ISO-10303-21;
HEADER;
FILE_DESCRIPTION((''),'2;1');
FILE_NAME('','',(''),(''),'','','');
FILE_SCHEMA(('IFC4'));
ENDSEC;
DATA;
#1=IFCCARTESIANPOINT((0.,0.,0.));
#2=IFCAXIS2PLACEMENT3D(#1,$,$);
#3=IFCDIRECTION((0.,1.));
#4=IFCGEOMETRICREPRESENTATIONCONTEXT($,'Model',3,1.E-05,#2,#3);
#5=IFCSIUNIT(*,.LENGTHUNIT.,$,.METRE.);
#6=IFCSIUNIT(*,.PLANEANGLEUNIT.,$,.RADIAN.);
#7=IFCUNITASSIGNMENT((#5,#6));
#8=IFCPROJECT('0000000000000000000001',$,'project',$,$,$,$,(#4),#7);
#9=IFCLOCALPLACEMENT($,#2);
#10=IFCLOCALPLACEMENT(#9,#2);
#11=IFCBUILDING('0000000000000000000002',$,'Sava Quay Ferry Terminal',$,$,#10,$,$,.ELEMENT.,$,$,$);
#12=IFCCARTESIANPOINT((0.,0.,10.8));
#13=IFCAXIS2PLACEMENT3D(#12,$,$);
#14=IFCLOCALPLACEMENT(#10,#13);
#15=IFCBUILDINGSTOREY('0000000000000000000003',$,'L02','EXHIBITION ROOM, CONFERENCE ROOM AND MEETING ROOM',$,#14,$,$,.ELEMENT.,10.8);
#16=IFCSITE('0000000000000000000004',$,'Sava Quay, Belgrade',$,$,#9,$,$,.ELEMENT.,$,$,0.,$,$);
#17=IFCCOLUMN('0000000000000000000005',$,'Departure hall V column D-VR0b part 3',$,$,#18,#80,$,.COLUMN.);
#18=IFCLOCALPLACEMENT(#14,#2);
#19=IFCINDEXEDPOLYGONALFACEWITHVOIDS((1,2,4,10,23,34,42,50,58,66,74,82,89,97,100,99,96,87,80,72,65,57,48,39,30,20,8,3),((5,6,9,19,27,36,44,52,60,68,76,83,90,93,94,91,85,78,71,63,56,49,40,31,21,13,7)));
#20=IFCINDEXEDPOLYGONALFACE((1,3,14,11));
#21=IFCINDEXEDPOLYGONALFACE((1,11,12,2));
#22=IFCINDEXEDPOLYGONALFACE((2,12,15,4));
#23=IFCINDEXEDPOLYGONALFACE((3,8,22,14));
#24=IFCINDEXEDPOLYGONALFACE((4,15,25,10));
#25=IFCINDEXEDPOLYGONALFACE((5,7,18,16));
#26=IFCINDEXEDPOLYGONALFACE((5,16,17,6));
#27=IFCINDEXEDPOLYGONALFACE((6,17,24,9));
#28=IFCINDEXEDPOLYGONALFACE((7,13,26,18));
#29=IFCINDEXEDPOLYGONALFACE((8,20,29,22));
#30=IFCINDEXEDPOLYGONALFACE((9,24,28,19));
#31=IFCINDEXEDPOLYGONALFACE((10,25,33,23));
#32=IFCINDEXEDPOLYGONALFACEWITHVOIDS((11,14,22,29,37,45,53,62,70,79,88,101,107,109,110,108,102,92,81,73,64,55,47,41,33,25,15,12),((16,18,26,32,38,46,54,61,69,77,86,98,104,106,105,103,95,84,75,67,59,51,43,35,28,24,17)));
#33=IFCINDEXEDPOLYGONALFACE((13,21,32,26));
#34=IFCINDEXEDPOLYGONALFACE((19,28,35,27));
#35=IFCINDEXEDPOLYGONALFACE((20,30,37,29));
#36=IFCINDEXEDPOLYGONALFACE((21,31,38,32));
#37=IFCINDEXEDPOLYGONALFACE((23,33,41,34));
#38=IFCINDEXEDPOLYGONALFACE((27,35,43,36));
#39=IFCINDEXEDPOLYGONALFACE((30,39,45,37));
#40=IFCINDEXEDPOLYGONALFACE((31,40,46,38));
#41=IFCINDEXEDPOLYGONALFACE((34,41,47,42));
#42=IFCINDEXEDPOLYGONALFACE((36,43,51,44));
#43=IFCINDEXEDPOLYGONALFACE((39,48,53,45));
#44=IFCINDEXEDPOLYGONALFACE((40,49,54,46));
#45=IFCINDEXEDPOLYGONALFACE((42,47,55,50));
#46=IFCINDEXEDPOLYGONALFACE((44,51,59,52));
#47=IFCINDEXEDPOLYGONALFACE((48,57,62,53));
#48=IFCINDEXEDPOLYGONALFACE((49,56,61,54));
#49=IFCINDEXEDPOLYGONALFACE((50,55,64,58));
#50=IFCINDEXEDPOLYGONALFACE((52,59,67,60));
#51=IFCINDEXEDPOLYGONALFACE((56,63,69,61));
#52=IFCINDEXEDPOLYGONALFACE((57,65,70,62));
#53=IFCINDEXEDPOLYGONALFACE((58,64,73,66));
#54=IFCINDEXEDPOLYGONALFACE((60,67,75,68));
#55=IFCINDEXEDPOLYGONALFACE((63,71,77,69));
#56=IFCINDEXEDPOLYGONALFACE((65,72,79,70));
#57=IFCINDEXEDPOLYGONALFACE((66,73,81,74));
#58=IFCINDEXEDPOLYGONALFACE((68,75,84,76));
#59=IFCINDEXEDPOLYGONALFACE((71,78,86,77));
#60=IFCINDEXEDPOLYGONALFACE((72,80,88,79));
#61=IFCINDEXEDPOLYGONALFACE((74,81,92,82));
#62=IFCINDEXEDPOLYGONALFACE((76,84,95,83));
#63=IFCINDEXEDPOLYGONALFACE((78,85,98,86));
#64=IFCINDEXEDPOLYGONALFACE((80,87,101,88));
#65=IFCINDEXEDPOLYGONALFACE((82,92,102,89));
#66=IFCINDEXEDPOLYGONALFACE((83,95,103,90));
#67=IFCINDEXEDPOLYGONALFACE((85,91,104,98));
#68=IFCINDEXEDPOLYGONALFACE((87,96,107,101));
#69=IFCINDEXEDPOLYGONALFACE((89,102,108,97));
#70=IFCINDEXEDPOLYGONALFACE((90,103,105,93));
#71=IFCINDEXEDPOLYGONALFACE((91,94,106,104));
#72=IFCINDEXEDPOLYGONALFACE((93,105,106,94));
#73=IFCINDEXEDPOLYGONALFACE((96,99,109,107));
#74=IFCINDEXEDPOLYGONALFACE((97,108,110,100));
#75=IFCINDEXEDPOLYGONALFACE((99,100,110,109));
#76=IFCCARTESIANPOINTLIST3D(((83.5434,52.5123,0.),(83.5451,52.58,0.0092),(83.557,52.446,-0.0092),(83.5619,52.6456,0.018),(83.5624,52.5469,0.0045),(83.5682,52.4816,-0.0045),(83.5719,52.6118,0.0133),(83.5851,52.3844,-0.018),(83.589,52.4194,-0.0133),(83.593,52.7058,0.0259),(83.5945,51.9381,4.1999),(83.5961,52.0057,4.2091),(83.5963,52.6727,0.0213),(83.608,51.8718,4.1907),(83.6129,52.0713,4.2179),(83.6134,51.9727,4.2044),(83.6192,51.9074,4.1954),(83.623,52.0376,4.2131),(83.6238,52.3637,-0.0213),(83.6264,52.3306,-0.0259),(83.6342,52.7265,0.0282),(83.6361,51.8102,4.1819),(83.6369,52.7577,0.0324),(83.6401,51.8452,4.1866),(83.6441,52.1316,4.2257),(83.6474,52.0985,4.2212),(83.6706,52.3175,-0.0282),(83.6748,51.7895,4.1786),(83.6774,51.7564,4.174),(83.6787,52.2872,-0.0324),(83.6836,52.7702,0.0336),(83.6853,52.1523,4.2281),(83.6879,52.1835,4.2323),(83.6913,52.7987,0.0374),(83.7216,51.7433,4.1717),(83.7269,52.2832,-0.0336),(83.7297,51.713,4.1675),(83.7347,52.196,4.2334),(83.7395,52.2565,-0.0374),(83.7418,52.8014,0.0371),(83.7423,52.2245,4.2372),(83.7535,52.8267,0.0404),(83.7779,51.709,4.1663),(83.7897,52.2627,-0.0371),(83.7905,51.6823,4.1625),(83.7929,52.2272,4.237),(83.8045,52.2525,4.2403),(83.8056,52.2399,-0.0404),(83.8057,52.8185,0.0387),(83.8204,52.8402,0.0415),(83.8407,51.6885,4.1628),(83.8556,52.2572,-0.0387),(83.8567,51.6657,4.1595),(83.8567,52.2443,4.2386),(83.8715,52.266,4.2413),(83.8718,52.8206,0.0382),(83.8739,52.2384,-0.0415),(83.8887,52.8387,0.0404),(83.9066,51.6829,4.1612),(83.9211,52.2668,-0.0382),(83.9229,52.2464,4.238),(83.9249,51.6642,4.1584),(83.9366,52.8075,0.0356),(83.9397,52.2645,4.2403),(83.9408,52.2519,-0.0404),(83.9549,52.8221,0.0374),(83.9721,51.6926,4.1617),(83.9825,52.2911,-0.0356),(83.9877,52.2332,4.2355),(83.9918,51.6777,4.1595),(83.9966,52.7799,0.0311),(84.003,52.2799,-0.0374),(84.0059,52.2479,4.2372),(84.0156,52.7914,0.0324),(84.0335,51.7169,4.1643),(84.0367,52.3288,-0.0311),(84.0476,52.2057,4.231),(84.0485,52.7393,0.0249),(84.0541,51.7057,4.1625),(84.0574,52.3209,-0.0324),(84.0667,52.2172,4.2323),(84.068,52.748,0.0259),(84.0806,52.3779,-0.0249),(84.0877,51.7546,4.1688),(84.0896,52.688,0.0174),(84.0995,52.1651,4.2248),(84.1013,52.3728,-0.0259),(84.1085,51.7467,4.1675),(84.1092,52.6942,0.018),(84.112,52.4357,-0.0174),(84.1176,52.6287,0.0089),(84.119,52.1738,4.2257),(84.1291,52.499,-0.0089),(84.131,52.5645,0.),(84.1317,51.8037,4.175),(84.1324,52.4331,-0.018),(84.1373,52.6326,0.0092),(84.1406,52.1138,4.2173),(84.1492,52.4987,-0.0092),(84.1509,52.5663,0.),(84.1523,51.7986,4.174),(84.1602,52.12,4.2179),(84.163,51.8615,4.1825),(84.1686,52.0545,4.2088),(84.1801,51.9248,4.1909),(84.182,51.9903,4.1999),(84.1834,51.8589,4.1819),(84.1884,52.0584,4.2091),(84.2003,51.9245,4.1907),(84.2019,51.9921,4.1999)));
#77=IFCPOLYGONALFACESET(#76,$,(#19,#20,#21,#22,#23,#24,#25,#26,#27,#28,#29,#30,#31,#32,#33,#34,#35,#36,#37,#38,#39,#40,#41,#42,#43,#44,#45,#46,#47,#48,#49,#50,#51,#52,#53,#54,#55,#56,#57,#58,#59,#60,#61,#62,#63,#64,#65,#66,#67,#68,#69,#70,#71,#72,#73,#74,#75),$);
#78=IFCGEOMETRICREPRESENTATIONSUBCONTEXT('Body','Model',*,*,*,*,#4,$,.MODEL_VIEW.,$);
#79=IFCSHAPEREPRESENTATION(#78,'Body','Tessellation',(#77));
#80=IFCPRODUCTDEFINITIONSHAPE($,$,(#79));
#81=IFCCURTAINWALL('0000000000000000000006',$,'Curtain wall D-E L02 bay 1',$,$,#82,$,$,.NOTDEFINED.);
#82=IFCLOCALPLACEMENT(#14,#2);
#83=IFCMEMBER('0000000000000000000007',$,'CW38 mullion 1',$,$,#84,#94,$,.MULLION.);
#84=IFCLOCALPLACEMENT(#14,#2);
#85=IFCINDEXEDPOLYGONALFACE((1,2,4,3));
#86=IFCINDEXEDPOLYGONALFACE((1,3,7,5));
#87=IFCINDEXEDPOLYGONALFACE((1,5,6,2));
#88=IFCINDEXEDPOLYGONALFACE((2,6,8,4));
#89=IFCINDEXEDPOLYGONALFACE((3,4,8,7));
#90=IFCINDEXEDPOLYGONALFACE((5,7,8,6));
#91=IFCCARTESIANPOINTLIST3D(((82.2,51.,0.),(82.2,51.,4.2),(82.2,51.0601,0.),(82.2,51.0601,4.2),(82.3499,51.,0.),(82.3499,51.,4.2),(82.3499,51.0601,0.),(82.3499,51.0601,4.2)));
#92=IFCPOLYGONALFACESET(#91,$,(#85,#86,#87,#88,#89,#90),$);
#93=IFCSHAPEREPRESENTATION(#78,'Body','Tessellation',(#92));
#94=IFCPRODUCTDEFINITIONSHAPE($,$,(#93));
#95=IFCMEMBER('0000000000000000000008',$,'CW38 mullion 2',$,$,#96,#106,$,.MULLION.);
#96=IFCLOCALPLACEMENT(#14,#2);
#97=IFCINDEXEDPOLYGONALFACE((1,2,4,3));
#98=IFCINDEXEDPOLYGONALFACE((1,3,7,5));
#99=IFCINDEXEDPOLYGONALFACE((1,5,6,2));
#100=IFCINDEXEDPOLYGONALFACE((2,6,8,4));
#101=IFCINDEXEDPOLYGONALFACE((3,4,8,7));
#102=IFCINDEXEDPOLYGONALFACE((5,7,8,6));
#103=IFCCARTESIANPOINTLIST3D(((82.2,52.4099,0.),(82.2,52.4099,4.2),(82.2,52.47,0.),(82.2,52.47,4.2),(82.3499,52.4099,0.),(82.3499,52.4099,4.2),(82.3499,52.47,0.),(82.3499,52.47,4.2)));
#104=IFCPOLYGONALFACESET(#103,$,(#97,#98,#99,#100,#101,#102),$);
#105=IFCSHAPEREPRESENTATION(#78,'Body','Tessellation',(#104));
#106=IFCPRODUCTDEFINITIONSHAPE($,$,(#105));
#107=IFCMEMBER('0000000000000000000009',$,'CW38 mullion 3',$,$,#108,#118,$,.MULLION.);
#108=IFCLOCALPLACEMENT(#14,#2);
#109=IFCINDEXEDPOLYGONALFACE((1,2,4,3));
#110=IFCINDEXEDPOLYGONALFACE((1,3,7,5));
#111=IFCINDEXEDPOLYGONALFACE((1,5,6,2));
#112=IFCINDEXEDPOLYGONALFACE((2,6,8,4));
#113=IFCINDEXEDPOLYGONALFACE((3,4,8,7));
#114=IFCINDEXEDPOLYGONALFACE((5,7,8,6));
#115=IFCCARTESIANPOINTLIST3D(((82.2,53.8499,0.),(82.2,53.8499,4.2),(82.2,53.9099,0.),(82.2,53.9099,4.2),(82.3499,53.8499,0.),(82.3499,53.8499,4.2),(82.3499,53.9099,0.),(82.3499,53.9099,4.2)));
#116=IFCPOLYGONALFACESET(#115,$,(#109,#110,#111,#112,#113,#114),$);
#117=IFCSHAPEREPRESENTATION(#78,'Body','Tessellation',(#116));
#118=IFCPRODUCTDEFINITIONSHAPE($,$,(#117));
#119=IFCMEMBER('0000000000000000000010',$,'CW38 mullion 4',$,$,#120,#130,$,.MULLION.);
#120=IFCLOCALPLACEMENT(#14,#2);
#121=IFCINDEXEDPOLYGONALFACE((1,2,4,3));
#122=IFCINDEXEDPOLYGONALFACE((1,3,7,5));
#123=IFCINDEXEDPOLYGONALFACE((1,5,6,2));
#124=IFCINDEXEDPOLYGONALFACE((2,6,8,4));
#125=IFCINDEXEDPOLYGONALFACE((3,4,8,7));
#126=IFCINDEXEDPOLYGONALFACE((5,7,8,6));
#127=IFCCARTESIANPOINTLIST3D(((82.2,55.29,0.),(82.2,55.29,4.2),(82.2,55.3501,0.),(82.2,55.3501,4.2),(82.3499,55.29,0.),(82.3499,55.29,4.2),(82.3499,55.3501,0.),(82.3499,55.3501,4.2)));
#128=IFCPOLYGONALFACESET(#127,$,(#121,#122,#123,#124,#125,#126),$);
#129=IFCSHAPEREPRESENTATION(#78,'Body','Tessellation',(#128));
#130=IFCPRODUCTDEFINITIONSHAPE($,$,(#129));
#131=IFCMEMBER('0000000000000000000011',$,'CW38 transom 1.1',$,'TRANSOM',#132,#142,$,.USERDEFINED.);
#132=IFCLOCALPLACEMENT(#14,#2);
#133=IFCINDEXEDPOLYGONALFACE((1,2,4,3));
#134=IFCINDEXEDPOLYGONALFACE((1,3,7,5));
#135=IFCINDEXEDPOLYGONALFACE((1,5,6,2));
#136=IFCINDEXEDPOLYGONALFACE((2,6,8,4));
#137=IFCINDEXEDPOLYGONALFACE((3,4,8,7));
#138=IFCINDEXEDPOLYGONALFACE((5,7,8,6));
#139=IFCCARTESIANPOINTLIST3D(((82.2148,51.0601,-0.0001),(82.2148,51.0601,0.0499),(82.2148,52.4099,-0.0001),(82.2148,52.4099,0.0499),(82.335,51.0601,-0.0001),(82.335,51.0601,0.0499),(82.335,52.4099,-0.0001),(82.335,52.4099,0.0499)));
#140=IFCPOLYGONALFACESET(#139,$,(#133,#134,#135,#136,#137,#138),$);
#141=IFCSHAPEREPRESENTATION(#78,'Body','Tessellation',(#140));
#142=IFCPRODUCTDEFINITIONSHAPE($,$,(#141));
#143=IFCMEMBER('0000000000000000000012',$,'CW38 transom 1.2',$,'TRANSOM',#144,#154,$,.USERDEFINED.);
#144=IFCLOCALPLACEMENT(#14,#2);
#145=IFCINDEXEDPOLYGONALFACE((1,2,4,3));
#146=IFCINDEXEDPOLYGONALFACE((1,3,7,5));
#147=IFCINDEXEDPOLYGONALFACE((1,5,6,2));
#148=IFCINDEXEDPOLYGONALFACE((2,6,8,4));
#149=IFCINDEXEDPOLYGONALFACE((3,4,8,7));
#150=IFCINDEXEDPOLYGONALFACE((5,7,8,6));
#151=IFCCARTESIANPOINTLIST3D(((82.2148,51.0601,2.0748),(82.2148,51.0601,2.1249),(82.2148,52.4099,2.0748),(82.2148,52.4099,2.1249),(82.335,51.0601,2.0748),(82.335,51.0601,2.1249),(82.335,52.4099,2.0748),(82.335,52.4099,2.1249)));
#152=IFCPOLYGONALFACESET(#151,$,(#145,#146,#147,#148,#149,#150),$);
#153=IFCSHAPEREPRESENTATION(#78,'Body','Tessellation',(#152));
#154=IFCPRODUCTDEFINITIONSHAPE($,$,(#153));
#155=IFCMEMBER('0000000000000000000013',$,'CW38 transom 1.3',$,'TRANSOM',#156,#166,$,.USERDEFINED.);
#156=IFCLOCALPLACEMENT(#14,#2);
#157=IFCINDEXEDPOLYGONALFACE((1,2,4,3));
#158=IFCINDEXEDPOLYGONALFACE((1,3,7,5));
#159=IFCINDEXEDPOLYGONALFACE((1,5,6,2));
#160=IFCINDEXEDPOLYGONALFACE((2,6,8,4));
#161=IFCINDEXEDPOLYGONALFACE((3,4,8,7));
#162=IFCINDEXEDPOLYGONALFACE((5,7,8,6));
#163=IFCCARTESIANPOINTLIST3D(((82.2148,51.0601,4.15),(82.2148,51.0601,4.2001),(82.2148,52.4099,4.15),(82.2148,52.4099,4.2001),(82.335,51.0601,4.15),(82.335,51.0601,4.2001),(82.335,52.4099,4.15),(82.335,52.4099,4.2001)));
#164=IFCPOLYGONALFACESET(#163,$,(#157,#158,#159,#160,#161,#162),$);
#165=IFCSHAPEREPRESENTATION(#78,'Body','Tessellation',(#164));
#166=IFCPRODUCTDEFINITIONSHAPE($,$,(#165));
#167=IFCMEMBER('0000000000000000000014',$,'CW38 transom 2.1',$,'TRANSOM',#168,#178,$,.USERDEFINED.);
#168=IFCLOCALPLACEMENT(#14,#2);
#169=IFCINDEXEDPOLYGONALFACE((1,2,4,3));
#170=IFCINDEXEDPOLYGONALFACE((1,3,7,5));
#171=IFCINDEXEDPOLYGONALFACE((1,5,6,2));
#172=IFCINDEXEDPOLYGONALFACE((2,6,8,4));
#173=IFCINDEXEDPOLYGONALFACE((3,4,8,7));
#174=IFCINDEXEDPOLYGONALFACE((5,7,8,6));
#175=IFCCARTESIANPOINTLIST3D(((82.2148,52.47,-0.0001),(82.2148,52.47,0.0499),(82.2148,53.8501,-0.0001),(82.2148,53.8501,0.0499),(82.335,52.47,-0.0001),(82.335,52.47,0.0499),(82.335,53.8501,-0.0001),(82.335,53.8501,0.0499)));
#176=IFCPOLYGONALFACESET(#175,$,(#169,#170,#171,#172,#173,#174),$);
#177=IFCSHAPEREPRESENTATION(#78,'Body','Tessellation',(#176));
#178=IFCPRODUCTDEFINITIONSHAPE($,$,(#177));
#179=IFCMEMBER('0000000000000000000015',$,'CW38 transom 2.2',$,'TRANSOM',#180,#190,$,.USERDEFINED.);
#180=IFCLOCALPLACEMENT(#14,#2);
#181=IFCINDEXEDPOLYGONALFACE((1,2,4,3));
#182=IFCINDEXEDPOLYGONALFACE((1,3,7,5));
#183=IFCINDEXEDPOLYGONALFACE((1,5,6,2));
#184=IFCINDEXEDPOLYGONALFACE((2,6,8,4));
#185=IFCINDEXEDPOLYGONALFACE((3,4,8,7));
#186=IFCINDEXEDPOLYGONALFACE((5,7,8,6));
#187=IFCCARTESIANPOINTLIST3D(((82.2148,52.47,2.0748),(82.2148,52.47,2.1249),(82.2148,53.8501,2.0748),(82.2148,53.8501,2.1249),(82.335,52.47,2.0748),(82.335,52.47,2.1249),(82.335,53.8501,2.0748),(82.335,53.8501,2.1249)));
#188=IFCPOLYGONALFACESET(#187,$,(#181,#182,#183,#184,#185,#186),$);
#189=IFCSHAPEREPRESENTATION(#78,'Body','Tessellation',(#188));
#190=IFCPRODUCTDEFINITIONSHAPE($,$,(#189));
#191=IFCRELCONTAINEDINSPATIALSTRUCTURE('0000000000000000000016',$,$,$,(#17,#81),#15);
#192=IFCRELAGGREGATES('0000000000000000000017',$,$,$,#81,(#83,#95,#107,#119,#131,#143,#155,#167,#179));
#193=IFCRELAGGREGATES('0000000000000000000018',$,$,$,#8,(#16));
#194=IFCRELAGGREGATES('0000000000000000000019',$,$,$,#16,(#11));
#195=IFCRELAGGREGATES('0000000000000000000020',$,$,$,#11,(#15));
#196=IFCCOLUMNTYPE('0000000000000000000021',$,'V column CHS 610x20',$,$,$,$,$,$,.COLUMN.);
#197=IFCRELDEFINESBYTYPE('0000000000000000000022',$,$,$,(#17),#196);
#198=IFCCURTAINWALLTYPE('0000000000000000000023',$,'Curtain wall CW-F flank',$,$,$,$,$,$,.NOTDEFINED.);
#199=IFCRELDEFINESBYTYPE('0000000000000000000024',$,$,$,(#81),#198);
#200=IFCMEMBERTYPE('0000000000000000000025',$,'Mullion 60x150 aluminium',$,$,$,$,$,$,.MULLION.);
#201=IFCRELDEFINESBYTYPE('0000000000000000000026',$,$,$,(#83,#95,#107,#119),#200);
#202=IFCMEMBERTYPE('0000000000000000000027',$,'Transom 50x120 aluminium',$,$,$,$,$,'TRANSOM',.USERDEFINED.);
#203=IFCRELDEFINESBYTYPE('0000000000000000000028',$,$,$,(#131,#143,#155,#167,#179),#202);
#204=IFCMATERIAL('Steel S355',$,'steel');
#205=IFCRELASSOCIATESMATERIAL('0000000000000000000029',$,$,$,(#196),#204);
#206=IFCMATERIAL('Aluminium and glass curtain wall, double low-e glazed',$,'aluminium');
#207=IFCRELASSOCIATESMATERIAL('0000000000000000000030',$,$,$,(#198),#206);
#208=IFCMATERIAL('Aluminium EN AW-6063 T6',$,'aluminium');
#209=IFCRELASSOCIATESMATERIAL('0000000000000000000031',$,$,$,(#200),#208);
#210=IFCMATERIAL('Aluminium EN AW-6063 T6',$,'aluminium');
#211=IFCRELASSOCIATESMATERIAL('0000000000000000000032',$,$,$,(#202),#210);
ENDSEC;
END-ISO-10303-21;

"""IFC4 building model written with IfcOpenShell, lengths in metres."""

from ifc_helpers import new_model, si_unit, direction, frame, origin, origin_2d, place, context, subcontext, project, spatial, rectangle, hollow_circle, extrude, material, material_profile, profile_set, type_object, element, aggregate, save


model = new_model("IFC4")

# Units and contexts
model_context = context("Model", 3, precision=1e-05, world=origin(), true_north=direction((0.0, 1.0)))
body_context = subcontext(model_context, "Body", "Model", "MODEL_VIEW")
ifc_project = project(units=[si_unit("LENGTHUNIT", "METRE"), si_unit("PLANEANGLEUNIT", "RADIAN")], contexts=[model_context])

# Site, building, storey
site_placement = place(None, origin())
site = spatial("IfcSite", under=ifc_project, at=site_placement, Name="Sava Quay, Belgrade", CompositionType="ELEMENT", RefElevation=0.0)
building_placement = place(site_placement, origin())
building = spatial("IfcBuilding", under=site, at=building_placement, Name="Sava Quay Ferry Terminal", CompositionType="ELEMENT")
storey_placement = place(building_placement, frame((0.0, 0.0, 10.8)))
storey = spatial("IfcBuildingStorey", under=building, at=storey_placement, Name="L02", Description="EXHIBITION ROOM, CONFERENCE ROOM AND MEETING ROOM", CompositionType="ELEMENT", Elevation=10.8)

# Column
ifc_material_1 = material(Name="Steel S355", Category="steel")
ifc_material_profile_1 = material_profile(ifc_material_1, hollow_circle(Radius=0.3049, WallThickness=0.02, at=origin_2d()), Name="CHS 610 x 20.0")
ifc_profile_set_1 = profile_set([ifc_material_profile_1], Name="Steel S355")
column_type = type_object("IfcColumnType", Name="V column CHS 610x20", PredefinedType="COLUMN", material=ifc_profile_set_1)
column_placement = place(storey_placement, frame((83.8472, 52.5393, 0.0), z_axis=(0.012036, -0.13545, 0.990711), x_axis=(0.996075, 0.088512, 0.0)))
element("IfcColumn", 1, at=column_placement, inside=storey, type_object=column_type, Name="Departure hall V column D-VR0b part 3", PredefinedType="COLUMN", context=body_context, shape_type="SweptSolid", body=[
    extrude(hollow_circle(Radius=0.3049, WallThickness=0.02, at=origin_2d()), origin(), (0.0, 0.0, 1.0), 4.2393),
])

# Curtain wall, members
ifc_material_2 = material(Name="Aluminium and glass curtain wall, double low-e glazed", Category="aluminium")
curtain_wall_type = type_object("IfcCurtainWallType", Name="Curtain wall CW-F flank", PredefinedType="NOTDEFINED", material=ifc_material_2)
curtain_wall_placement = place(storey_placement, origin())
curtain_wall = element("IfcCurtainWall", 2, at=curtain_wall_placement, inside=storey, type_object=curtain_wall_type, Name="Curtain wall D-E L02 bay 1", PredefinedType="NOTDEFINED")
ifc_material_3 = material(Name="Aluminium EN AW-6063 T6", Category="aluminium")
ifc_material_profile_2 = material_profile(ifc_material_3, rectangle(XDim=0.1499, YDim=0.0601, at=origin_2d()), Name="Mullion 60x150 aluminium")
ifc_profile_set_2 = profile_set([ifc_material_profile_2], Name="Aluminium EN AW-6063 T6")
member_type_1 = type_object("IfcMemberType", Name="Mullion 60x150 aluminium", PredefinedType="MULLION", material=ifc_profile_set_2)
member_1_placement = place(storey_placement, frame((82.2749, 51.03, 0.0), z_axis=(0.0, 0.0, 1.0), x_axis=(-1.0, 0.0, 0.0)))
member_1 = element("IfcMember", 3, at=member_1_placement, type_object=member_type_1, Name="CW38 mullion 1", PredefinedType="MULLION", context=body_context, shape_type="SweptSolid", body=[
    extrude(rectangle(XDim=0.1499, YDim=0.0601, at=origin_2d()), origin(), (0.0, 0.0, 1.0), 4.2),
])
member_2_placement = place(storey_placement, frame((82.2749, 52.4399, 0.0), z_axis=(0.0, 0.0, 1.0), x_axis=(-1.0, 0.0, 0.0)))
member_2 = element("IfcMember", 4, at=member_2_placement, type_object=member_type_1, Name="CW38 mullion 2", PredefinedType="MULLION", context=body_context, shape_type="SweptSolid", body=[
    extrude(rectangle(XDim=0.1499, YDim=0.0601, at=origin_2d()), origin(), (0.0, 0.0, 1.0), 4.2),
])
member_3_placement = place(storey_placement, frame((82.2749, 53.8799, 0.0), z_axis=(0.0, 0.0, 1.0), x_axis=(-1.0, 0.0, 0.0)))
member_3 = element("IfcMember", 5, at=member_3_placement, type_object=member_type_1, Name="CW38 mullion 3", PredefinedType="MULLION", context=body_context, shape_type="SweptSolid", body=[
    extrude(rectangle(XDim=0.1499, YDim=0.0601, at=origin_2d()), origin(), (0.0, 0.0, 1.0), 4.2),
])
member_4_placement = place(storey_placement, frame((82.2749, 55.3201, 0.0), z_axis=(0.0, 0.0, 1.0), x_axis=(-1.0, 0.0, 0.0)))
member_4 = element("IfcMember", 6, at=member_4_placement, type_object=member_type_1, Name="CW38 mullion 4", PredefinedType="MULLION", context=body_context, shape_type="SweptSolid", body=[
    extrude(rectangle(XDim=0.1499, YDim=0.0601, at=origin_2d()), origin(), (0.0, 0.0, 1.0), 4.2),
])
ifc_material_4 = material(Name="Aluminium EN AW-6063 T6", Category="aluminium")
ifc_material_profile_3 = material_profile(ifc_material_4, rectangle(XDim=0.1201, YDim=0.05, at=origin_2d()), Name="Transom 50x120 aluminium")
ifc_profile_set_3 = profile_set([ifc_material_profile_3], Name="Aluminium EN AW-6063 T6")
member_type_2 = type_object("IfcMemberType", Name="Transom 50x120 aluminium", ElementType="TRANSOM", PredefinedType="USERDEFINED", material=ifc_profile_set_3)
member_5_placement = place(storey_placement, frame((82.2749, 51.0601, 0.0249), z_axis=(0.0, 1.0, 0.0), x_axis=(-1.0, 0.0, 0.0)))
member_5 = element("IfcMember", 7, at=member_5_placement, type_object=member_type_2, Name="CW38 transom 1.1", ObjectType="TRANSOM", PredefinedType="USERDEFINED", context=body_context, shape_type="SweptSolid", body=[
    extrude(rectangle(XDim=0.1201, YDim=0.05, at=origin_2d()), origin(), (0.0, 0.0, 1.0), 1.3499),
])
member_6_placement = place(storey_placement, frame((82.2749, 51.0601, 2.0999), z_axis=(0.0, 1.0, 0.0), x_axis=(-1.0, 0.0, 0.0)))
member_6 = element("IfcMember", 8, at=member_6_placement, type_object=member_type_2, Name="CW38 transom 1.2", ObjectType="TRANSOM", PredefinedType="USERDEFINED", context=body_context, shape_type="SweptSolid", body=[
    extrude(rectangle(XDim=0.1201, YDim=0.05, at=origin_2d()), origin(), (0.0, 0.0, 1.0), 1.3499),
])
member_7_placement = place(storey_placement, frame((82.2749, 51.0601, 4.175), z_axis=(0.0, 1.0, 0.0), x_axis=(-1.0, 0.0, 0.0)))
member_7 = element("IfcMember", 9, at=member_7_placement, type_object=member_type_2, Name="CW38 transom 1.3", ObjectType="TRANSOM", PredefinedType="USERDEFINED", context=body_context, shape_type="SweptSolid", body=[
    extrude(rectangle(XDim=0.1201, YDim=0.05, at=origin_2d()), origin(), (0.0, 0.0, 1.0), 1.3499),
])
member_8_placement = place(storey_placement, frame((82.2749, 52.47, 0.0249), z_axis=(0.0, 1.0, 0.0), x_axis=(-1.0, 0.0, 0.0)))
member_8 = element("IfcMember", 10, at=member_8_placement, type_object=member_type_2, Name="CW38 transom 2.1", ObjectType="TRANSOM", PredefinedType="USERDEFINED", context=body_context, shape_type="SweptSolid", body=[
    extrude(rectangle(XDim=0.1201, YDim=0.05, at=origin_2d()), origin(), (0.0, 0.0, 1.0), 1.3801),
])
member_9_placement = place(storey_placement, frame((82.2749, 52.47, 2.0999), z_axis=(0.0, 1.0, 0.0), x_axis=(-1.0, 0.0, 0.0)))
member_9 = element("IfcMember", 11, at=member_9_placement, type_object=member_type_2, Name="CW38 transom 2.2", ObjectType="TRANSOM", PredefinedType="USERDEFINED", context=body_context, shape_type="SweptSolid", body=[
    extrude(rectangle(XDim=0.1201, YDim=0.05, at=origin_2d()), origin(), (0.0, 0.0, 1.0), 1.3801),
])
aggregate(curtain_wall, [member_1, member_2, member_3, member_4, member_5, member_6, member_7, member_8, member_9])

save(model, "model.ifc")
